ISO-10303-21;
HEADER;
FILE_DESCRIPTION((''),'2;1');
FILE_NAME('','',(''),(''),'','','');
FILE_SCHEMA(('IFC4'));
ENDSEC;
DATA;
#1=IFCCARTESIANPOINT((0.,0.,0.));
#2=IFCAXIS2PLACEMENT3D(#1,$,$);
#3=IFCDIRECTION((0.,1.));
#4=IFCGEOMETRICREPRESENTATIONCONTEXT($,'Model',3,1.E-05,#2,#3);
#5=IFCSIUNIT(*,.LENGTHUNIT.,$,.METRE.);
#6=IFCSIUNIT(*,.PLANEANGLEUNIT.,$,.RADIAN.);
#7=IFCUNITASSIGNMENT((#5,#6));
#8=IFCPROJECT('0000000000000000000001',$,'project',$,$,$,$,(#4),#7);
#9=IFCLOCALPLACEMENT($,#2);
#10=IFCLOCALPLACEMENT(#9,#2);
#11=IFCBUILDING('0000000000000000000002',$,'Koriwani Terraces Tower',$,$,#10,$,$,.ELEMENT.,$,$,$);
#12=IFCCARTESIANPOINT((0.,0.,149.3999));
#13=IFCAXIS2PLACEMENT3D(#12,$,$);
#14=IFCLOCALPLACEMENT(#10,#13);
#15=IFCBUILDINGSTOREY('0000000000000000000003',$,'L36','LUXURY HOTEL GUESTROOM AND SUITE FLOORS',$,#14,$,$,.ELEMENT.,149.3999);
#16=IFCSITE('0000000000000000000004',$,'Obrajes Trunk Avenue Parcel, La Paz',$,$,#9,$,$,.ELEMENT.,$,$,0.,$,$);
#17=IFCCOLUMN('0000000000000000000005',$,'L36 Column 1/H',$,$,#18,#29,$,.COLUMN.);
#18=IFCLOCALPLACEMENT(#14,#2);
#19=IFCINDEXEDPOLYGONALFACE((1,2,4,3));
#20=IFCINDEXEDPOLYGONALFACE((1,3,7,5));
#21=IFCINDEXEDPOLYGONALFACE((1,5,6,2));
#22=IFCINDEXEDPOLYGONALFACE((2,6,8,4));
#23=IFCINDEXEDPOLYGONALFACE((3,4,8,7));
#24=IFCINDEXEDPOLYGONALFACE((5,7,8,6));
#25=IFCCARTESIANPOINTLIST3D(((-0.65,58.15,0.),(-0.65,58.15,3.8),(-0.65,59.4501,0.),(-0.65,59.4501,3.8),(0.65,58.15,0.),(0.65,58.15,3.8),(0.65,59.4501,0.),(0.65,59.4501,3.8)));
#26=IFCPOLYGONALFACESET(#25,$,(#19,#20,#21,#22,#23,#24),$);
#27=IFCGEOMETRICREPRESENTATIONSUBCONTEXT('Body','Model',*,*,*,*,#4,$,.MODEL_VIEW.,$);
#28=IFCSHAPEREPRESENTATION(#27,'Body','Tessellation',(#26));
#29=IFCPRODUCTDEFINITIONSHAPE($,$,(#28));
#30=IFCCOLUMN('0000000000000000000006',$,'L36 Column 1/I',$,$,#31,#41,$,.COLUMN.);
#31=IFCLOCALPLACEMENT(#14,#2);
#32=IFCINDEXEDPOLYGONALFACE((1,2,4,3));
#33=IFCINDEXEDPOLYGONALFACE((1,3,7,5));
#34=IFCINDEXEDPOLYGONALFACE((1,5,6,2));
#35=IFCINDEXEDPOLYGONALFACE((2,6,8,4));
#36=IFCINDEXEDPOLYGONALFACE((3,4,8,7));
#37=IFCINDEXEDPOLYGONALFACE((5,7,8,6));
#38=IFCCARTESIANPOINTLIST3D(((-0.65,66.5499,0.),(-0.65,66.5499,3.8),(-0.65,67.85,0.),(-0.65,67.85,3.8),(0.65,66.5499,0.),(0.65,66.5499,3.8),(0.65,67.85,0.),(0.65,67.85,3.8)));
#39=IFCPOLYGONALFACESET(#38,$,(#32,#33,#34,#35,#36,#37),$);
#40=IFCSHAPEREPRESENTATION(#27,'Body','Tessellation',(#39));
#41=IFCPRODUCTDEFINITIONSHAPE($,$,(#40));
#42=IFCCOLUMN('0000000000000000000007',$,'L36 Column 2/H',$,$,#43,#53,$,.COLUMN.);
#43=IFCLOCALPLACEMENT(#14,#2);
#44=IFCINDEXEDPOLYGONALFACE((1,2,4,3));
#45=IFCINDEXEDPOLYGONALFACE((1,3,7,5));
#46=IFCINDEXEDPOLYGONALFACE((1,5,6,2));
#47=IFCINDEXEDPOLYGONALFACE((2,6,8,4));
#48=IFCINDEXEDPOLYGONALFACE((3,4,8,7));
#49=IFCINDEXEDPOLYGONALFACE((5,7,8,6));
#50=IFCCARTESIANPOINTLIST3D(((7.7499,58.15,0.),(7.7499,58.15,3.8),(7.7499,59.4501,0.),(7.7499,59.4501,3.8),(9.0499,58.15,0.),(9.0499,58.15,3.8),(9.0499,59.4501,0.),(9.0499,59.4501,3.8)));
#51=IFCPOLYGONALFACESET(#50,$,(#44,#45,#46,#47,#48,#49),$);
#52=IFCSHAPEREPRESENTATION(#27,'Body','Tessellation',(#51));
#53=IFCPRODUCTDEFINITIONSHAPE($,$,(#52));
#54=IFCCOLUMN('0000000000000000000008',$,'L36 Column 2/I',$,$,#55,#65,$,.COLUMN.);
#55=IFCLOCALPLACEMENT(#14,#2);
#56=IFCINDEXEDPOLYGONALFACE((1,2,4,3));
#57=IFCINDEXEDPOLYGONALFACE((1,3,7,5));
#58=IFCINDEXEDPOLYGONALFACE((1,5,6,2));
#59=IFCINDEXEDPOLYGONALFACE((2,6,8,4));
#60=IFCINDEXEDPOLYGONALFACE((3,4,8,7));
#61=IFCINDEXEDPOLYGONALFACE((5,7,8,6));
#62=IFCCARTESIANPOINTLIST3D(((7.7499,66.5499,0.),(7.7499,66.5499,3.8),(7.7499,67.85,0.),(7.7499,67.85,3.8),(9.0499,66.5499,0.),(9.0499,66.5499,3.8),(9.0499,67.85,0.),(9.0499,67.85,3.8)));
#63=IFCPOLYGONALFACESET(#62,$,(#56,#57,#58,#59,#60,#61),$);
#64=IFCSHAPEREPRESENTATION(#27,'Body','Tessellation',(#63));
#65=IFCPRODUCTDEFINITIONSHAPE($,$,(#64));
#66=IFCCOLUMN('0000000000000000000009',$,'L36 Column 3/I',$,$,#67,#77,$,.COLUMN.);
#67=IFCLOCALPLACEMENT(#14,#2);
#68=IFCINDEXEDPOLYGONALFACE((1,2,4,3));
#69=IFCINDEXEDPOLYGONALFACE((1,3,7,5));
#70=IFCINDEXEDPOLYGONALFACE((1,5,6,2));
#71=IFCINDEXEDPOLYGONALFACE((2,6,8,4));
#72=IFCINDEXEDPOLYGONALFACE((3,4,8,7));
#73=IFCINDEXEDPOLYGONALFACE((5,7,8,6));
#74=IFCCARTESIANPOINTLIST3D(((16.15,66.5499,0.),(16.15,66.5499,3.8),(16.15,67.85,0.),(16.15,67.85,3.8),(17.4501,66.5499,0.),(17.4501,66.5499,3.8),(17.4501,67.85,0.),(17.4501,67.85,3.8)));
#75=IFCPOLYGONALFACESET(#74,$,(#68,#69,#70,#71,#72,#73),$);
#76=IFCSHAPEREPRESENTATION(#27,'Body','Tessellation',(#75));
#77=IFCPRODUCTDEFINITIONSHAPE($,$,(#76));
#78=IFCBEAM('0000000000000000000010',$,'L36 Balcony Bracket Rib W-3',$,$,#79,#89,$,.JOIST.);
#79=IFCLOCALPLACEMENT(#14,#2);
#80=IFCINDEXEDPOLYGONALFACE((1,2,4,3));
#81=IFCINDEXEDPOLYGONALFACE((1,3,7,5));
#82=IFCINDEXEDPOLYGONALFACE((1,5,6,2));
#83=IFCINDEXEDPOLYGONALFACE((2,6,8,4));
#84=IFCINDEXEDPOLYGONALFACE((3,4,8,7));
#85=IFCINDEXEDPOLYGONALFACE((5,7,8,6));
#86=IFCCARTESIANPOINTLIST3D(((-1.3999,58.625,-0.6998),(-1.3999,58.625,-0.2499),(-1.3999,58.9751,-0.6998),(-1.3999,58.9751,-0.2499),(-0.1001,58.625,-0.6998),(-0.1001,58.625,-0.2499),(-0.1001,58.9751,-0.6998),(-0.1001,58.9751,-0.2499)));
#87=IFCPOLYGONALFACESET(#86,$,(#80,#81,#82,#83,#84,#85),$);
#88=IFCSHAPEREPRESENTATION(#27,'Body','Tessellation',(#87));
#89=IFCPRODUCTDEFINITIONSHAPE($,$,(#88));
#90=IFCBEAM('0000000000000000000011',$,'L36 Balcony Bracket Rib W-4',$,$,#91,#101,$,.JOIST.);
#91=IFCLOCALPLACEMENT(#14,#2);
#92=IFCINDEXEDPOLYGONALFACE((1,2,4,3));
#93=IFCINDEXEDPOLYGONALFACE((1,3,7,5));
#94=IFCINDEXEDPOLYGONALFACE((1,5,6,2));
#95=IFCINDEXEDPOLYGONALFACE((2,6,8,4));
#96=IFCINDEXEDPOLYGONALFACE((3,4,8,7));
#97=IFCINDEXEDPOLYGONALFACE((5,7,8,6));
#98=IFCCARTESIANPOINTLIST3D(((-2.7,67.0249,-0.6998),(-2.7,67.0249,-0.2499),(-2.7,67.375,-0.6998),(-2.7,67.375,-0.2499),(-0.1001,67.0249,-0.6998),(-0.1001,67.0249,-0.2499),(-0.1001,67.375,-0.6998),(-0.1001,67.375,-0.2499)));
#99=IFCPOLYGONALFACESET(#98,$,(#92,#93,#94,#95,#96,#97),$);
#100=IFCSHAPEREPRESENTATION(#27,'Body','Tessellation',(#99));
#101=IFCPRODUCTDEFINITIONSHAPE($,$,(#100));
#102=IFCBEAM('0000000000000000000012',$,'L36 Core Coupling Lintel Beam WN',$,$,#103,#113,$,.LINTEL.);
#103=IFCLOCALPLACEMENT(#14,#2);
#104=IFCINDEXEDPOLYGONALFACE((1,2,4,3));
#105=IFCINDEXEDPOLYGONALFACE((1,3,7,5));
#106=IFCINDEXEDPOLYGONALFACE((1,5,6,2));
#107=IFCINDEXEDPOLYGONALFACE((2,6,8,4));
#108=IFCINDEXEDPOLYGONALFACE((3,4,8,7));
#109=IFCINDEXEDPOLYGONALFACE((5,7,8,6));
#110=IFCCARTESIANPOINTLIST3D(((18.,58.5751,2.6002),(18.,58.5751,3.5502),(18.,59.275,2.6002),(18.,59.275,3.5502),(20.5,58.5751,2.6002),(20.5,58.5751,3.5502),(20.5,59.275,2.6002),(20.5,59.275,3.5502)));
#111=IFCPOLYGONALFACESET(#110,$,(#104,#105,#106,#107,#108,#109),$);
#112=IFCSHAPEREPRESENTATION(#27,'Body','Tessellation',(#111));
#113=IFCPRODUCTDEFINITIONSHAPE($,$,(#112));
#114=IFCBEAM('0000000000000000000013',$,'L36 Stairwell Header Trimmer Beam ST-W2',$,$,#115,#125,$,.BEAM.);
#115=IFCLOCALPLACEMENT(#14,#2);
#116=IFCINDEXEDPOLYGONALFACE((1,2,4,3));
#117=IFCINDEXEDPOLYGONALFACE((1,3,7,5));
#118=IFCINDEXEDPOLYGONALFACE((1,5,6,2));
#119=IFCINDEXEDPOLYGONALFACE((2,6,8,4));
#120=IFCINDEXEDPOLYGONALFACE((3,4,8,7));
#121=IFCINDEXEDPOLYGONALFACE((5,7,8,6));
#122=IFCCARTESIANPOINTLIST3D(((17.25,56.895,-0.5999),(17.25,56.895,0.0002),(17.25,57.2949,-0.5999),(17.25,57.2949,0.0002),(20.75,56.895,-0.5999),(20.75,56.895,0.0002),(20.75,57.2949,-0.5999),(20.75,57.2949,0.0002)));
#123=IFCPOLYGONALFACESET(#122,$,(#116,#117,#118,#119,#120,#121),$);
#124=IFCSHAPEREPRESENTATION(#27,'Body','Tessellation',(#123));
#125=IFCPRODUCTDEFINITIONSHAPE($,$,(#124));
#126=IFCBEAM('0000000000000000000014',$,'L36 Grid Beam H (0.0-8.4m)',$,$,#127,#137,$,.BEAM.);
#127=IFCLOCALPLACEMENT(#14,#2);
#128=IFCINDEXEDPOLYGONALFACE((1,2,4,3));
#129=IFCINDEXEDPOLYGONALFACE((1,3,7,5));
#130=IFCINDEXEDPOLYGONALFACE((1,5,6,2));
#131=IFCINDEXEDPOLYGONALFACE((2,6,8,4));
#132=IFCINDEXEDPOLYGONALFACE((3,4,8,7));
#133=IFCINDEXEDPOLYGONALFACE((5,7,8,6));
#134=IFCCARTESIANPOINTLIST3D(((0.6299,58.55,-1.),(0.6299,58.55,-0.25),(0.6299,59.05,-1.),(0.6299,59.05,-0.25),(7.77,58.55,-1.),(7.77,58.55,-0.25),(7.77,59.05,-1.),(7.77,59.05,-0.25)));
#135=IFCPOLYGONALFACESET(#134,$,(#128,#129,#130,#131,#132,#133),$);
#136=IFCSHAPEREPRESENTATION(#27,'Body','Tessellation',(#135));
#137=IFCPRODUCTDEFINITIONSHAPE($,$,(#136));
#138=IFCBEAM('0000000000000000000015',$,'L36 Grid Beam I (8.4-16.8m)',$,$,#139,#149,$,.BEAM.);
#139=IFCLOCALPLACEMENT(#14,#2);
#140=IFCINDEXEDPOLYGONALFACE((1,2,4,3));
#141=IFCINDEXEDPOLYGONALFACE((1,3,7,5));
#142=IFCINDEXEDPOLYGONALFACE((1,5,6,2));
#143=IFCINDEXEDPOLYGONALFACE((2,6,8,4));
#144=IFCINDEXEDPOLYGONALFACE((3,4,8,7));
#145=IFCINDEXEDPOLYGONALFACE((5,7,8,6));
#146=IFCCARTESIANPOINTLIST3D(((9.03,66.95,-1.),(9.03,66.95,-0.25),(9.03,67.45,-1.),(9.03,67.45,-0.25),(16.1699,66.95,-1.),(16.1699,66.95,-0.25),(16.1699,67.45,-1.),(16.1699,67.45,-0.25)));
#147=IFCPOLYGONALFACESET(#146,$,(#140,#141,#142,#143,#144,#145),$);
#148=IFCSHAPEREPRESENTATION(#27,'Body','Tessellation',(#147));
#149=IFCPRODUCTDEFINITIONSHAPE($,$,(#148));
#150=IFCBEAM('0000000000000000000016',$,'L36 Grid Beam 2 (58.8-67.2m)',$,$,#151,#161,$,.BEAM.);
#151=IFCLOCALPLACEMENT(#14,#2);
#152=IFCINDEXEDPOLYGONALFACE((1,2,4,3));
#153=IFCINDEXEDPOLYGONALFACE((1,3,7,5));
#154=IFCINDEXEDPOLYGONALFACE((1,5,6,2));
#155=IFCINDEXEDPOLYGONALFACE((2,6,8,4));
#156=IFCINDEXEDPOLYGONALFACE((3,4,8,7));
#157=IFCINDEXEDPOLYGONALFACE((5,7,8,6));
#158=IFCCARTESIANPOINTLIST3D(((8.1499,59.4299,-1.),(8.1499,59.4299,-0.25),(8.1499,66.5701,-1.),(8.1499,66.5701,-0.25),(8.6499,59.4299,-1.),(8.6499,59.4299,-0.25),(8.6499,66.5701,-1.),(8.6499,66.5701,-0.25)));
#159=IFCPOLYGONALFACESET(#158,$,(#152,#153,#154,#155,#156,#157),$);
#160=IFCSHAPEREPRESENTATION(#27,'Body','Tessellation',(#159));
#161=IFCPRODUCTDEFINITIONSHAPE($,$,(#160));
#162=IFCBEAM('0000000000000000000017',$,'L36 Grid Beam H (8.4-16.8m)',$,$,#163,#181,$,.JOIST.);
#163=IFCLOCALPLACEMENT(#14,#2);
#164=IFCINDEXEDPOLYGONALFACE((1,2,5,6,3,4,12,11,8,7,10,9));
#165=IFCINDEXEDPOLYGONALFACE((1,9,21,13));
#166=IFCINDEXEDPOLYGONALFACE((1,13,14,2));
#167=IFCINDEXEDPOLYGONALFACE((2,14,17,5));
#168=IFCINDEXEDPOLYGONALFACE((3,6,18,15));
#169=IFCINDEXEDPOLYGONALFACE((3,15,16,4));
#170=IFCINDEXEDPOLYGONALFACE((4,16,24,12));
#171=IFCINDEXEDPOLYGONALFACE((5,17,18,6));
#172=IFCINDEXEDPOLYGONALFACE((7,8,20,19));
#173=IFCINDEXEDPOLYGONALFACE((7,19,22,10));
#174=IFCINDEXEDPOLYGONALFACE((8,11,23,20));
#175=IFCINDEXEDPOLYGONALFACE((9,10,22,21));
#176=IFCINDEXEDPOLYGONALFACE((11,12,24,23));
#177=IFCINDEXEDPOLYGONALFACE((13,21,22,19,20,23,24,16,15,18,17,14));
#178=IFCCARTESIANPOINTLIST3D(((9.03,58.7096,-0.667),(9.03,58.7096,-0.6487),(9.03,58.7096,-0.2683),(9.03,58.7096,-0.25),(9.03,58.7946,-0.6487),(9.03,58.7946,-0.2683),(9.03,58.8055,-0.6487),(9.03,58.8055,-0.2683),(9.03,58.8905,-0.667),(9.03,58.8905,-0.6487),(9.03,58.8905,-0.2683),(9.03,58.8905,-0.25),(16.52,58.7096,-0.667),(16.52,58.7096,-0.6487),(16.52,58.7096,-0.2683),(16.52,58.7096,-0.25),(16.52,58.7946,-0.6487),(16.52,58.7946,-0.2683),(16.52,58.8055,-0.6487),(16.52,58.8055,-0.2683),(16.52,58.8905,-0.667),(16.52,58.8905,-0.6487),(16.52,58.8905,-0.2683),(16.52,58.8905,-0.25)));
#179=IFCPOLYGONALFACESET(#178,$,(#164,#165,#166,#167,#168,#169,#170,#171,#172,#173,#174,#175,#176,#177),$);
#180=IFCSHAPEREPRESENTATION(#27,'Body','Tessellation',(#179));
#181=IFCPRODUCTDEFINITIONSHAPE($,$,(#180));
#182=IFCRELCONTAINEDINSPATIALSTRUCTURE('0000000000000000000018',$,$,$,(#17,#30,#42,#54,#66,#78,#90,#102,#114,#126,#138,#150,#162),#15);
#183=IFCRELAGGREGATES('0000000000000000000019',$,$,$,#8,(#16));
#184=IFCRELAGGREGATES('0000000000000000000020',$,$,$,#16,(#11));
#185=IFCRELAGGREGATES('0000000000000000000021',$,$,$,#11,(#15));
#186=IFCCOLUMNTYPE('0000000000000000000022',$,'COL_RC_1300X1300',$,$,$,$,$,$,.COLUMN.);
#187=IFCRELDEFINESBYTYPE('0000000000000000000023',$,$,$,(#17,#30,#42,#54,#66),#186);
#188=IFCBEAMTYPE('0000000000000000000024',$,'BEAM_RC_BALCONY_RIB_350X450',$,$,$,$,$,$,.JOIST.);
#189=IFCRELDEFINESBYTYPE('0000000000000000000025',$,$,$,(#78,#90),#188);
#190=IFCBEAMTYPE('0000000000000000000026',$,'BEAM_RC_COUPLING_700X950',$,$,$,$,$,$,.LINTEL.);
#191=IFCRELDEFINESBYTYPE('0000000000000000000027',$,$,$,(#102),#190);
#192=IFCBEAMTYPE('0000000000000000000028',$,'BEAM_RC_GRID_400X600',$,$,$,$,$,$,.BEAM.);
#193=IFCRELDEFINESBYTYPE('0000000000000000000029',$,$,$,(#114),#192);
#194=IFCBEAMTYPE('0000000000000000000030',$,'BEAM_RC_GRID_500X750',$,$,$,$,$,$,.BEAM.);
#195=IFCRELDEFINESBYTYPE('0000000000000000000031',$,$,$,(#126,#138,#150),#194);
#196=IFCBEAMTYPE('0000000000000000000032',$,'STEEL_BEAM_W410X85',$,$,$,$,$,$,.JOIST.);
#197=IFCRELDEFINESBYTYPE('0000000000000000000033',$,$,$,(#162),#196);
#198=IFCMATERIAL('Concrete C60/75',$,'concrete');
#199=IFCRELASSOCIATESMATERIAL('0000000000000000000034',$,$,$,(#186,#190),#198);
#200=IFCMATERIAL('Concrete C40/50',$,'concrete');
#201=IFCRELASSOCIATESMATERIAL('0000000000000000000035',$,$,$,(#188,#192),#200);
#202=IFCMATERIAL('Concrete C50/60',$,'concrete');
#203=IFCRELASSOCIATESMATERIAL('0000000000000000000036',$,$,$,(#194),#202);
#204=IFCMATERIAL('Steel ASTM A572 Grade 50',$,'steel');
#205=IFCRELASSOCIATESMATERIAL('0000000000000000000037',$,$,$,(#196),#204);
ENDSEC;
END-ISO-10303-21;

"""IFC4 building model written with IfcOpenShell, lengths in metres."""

from ifc_helpers import new_model, si_unit, direction, frame, origin, origin_2d, place, context, subcontext, project, spatial, rectangle, i_section, extrude, material, material_profile, profile_set, type_object, element, save


model = new_model("IFC4")

# Units and contexts
model_context = context("Model", 3, precision=1e-05, world=origin(), true_north=direction((0.0, 1.0)))
body_context = subcontext(model_context, "Body", "Model", "MODEL_VIEW")
ifc_project = project(units=[si_unit("LENGTHUNIT", "METRE"), si_unit("PLANEANGLEUNIT", "RADIAN")], contexts=[model_context])

# Site, building, storey
site_placement = place(None, origin())
site = spatial("IfcSite", under=ifc_project, at=site_placement, Name="Obrajes Trunk Avenue Parcel, La Paz", CompositionType="ELEMENT", RefElevation=0.0)
building_placement = place(site_placement, origin())
building = spatial("IfcBuilding", under=site, at=building_placement, Name="Koriwani Terraces Tower", CompositionType="ELEMENT")
storey_placement = place(building_placement, frame((0.0, 0.0, 149.3999)))
storey = spatial("IfcBuildingStorey", under=building, at=storey_placement, Name="L36", Description="LUXURY HOTEL GUESTROOM AND SUITE FLOORS", CompositionType="ELEMENT", Elevation=149.3999)

# Columns
ifc_material_1 = material(Name="Concrete C60/75", Category="concrete")
ifc_material_profile_1 = material_profile(ifc_material_1, rectangle(XDim=1.3, YDim=1.3, at=origin_2d()), Name="Concrete C60/75", Category="LoadBearing")
ifc_profile_set_1 = profile_set([ifc_material_profile_1], Name="Concrete C60/75")
column_type = type_object("IfcColumnType", Name="COL_RC_1300X1300", PredefinedType="COLUMN", material=ifc_profile_set_1)
for number, where, z_axis, x_axis, name in (
    (1, (0.0, 58.8, 0.0), (0.0, 0.0, 1.0), (1.0, 0.0, 0.0), "L36 Column 1/H"),
    (2, (0.0, 67.2, 0.0), (0.0, 0.0, 1.0), (1.0, 0.0, 0.0), "L36 Column 1/I"),
    (3, (8.3999, 58.8, 0.0), (0.0, 0.0, 1.0), (1.0, 0.0, 0.0), "L36 Column 2/H"),
    (4, (8.3999, 67.2, 0.0), (0.0, 0.0, 1.0), (1.0, 0.0, 0.0), "L36 Column 2/I"),
    (5, (16.8, 67.2, 0.0), (0.0, 0.0, 1.0), (1.0, 0.0, 0.0), "L36 Column 3/I"),
):
    element("IfcColumn", number, at=place(storey_placement, frame(where, z_axis=z_axis, x_axis=x_axis)), inside=storey, type_object=column_type, Name=name, PredefinedType="COLUMN", context=body_context, shape_type="SweptSolid", body=[
        extrude(rectangle(XDim=1.3, YDim=1.3, at=origin_2d()), origin(), (0.0, 0.0, 1.0), 3.8),
    ])

# Beams
ifc_material_2 = material(Name="Concrete C40/50", Category="concrete")
ifc_material_profile_2 = material_profile(ifc_material_2, rectangle(XDim=0.3501, YDim=0.45, at=origin_2d()), Name="Concrete C40/50", Category="LoadBearing")
ifc_profile_set_2 = profile_set([ifc_material_profile_2], Name="Concrete C40/50")
beam_type_1 = type_object("IfcBeamType", Name="BEAM_RC_BALCONY_RIB_350X450", PredefinedType="JOIST", material=ifc_profile_set_2)
beam_1_placement = place(storey_placement, frame((-1.3999, 58.8, -0.4749), z_axis=(1.0, 0.0, 0.0), x_axis=(0.0, 1.0, 0.0)))
element("IfcBeam", 6, at=beam_1_placement, inside=storey, type_object=beam_type_1, Name="L36 Balcony Bracket Rib W-3", PredefinedType="JOIST", context=body_context, shape_type="SweptSolid", body=[
    extrude(rectangle(XDim=0.3501, YDim=0.45, at=origin_2d()), origin(), (0.0, 0.0, 1.0), 1.2998),
])
beam_2_placement = place(storey_placement, frame((-2.7, 67.2, -0.4749), z_axis=(1.0, 0.0, 0.0), x_axis=(0.0, 1.0, 0.0)))
element("IfcBeam", 7, at=beam_2_placement, inside=storey, type_object=beam_type_1, Name="L36 Balcony Bracket Rib W-4", PredefinedType="JOIST", context=body_context, shape_type="SweptSolid", body=[
    extrude(rectangle(XDim=0.3501, YDim=0.45, at=origin_2d()), origin(), (0.0, 0.0, 1.0), 2.5999),
])
ifc_material_profile_3 = material_profile(ifc_material_1, rectangle(XDim=0.7, YDim=0.95, at=origin_2d()), Name="Concrete C60/75", Category="LoadBearing")
ifc_profile_set_3 = profile_set([ifc_material_profile_3], Name="Concrete C60/75")
beam_type_2 = type_object("IfcBeamType", Name="BEAM_RC_COUPLING_700X950", PredefinedType="LINTEL", material=ifc_profile_set_3)
beam_3_placement = place(storey_placement, frame((18.0, 58.925, 3.0752), z_axis=(1.0, 0.0, 0.0), x_axis=(0.0, 1.0, 0.0)))
element("IfcBeam", 8, at=beam_3_placement, inside=storey, type_object=beam_type_2, Name="L36 Core Coupling Lintel Beam WN", PredefinedType="LINTEL", context=body_context, shape_type="SweptSolid", body=[
    extrude(rectangle(XDim=0.7, YDim=0.95, at=origin_2d()), origin(), (0.0, 0.0, 1.0), 2.5),
])
ifc_material_profile_4 = material_profile(ifc_material_2, rectangle(XDim=0.3999, YDim=0.6001, at=origin_2d()), Name="Concrete C40/50", Category="LoadBearing")
ifc_profile_set_4 = profile_set([ifc_material_profile_4], Name="Concrete C40/50")
beam_type_3 = type_object("IfcBeamType", Name="BEAM_RC_GRID_400X600", PredefinedType="BEAM", material=ifc_profile_set_4)
beam_4_placement = place(storey_placement, frame((17.25, 57.095, -0.2998), z_axis=(1.0, 0.0, 0.0), x_axis=(0.0, 1.0, 0.0)))
element("IfcBeam", 9, at=beam_4_placement, inside=storey, type_object=beam_type_3, Name="L36 Stairwell Header Trimmer Beam ST-W2", PredefinedType="BEAM", context=body_context, shape_type="SweptSolid", body=[
    extrude(rectangle(XDim=0.3999, YDim=0.6001, at=origin_2d()), origin(), (0.0, 0.0, 1.0), 3.5),
])
ifc_material_3 = material(Name="Concrete C50/60", Category="concrete")
ifc_material_profile_5 = material_profile(ifc_material_3, rectangle(XDim=0.5, YDim=0.75, at=origin_2d()), Name="Concrete C50/60", Category="LoadBearing")
ifc_profile_set_5 = profile_set([ifc_material_profile_5], Name="Concrete C50/60")
beam_type_4 = type_object("IfcBeamType", Name="BEAM_RC_GRID_500X750", PredefinedType="BEAM", material=ifc_profile_set_5)
beam_5_placement = place(storey_placement, frame((0.6299, 58.8, -0.625), z_axis=(1.0, 0.0, 0.0), x_axis=(0.0, 1.0, 0.0)))
element("IfcBeam", 10, at=beam_5_placement, inside=storey, type_object=beam_type_4, Name="L36 Grid Beam H (0.0-8.4m)", PredefinedType="BEAM", context=body_context, shape_type="SweptSolid", body=[
    extrude(rectangle(XDim=0.5, YDim=0.75, at=origin_2d()), origin(), (0.0, 0.0, 1.0), 7.1401),
])
beam_6_placement = place(storey_placement, frame((9.03, 67.2, -0.625), z_axis=(1.0, 0.0, 0.0), x_axis=(0.0, 1.0, 0.0)))
element("IfcBeam", 11, at=beam_6_placement, inside=storey, type_object=beam_type_4, Name="L36 Grid Beam I (8.4-16.8m)", PredefinedType="BEAM", context=body_context, shape_type="SweptSolid", body=[
    extrude(rectangle(XDim=0.5, YDim=0.75, at=origin_2d()), origin(), (0.0, 0.0, 1.0), 7.1399),
])
beam_7_placement = place(storey_placement, frame((8.3999, 59.4299, -0.625), z_axis=(0.0, 1.0, 0.0), x_axis=(-1.0, 0.0, 0.0)))
element("IfcBeam", 12, at=beam_7_placement, inside=storey, type_object=beam_type_4, Name="L36 Grid Beam 2 (58.8-67.2m)", PredefinedType="BEAM", context=body_context, shape_type="SweptSolid", body=[
    extrude(rectangle(XDim=0.5, YDim=0.75, at=origin_2d()), origin(), (0.0, 0.0, 1.0), 7.1401),
])
ifc_material_4 = material(Name="Steel ASTM A572 Grade 50", Category="steel")
ifc_material_profile_6 = material_profile(ifc_material_4, i_section(OverallWidth=0.1809, OverallDepth=0.417, WebThickness=0.011, FlangeThickness=0.0183, at=origin_2d()), Name="Steel ASTM A572 Grade 50", Category="LoadBearing")
ifc_profile_set_6 = profile_set([ifc_material_profile_6], Name="Steel ASTM A572 Grade 50")
beam_type_5 = type_object("IfcBeamType", Name="STEEL_BEAM_W410X85", PredefinedType="JOIST", material=ifc_profile_set_6)
beam_8_placement = place(storey_placement, frame((9.03, 58.8, -0.4585), z_axis=(1.0, 0.0, 0.0), x_axis=(0.0, 1.0, 0.0)))
element("IfcBeam", 13, at=beam_8_placement, inside=storey, type_object=beam_type_5, Name="L36 Grid Beam H (8.4-16.8m)", PredefinedType="JOIST", context=body_context, shape_type="SweptSolid", body=[
    extrude(i_section(OverallWidth=0.1809, OverallDepth=0.417, WebThickness=0.011, FlangeThickness=0.0183, at=origin_2d()), origin(), (0.0, 0.0, 1.0), 7.49),
])

save(model, "model.ifc")
